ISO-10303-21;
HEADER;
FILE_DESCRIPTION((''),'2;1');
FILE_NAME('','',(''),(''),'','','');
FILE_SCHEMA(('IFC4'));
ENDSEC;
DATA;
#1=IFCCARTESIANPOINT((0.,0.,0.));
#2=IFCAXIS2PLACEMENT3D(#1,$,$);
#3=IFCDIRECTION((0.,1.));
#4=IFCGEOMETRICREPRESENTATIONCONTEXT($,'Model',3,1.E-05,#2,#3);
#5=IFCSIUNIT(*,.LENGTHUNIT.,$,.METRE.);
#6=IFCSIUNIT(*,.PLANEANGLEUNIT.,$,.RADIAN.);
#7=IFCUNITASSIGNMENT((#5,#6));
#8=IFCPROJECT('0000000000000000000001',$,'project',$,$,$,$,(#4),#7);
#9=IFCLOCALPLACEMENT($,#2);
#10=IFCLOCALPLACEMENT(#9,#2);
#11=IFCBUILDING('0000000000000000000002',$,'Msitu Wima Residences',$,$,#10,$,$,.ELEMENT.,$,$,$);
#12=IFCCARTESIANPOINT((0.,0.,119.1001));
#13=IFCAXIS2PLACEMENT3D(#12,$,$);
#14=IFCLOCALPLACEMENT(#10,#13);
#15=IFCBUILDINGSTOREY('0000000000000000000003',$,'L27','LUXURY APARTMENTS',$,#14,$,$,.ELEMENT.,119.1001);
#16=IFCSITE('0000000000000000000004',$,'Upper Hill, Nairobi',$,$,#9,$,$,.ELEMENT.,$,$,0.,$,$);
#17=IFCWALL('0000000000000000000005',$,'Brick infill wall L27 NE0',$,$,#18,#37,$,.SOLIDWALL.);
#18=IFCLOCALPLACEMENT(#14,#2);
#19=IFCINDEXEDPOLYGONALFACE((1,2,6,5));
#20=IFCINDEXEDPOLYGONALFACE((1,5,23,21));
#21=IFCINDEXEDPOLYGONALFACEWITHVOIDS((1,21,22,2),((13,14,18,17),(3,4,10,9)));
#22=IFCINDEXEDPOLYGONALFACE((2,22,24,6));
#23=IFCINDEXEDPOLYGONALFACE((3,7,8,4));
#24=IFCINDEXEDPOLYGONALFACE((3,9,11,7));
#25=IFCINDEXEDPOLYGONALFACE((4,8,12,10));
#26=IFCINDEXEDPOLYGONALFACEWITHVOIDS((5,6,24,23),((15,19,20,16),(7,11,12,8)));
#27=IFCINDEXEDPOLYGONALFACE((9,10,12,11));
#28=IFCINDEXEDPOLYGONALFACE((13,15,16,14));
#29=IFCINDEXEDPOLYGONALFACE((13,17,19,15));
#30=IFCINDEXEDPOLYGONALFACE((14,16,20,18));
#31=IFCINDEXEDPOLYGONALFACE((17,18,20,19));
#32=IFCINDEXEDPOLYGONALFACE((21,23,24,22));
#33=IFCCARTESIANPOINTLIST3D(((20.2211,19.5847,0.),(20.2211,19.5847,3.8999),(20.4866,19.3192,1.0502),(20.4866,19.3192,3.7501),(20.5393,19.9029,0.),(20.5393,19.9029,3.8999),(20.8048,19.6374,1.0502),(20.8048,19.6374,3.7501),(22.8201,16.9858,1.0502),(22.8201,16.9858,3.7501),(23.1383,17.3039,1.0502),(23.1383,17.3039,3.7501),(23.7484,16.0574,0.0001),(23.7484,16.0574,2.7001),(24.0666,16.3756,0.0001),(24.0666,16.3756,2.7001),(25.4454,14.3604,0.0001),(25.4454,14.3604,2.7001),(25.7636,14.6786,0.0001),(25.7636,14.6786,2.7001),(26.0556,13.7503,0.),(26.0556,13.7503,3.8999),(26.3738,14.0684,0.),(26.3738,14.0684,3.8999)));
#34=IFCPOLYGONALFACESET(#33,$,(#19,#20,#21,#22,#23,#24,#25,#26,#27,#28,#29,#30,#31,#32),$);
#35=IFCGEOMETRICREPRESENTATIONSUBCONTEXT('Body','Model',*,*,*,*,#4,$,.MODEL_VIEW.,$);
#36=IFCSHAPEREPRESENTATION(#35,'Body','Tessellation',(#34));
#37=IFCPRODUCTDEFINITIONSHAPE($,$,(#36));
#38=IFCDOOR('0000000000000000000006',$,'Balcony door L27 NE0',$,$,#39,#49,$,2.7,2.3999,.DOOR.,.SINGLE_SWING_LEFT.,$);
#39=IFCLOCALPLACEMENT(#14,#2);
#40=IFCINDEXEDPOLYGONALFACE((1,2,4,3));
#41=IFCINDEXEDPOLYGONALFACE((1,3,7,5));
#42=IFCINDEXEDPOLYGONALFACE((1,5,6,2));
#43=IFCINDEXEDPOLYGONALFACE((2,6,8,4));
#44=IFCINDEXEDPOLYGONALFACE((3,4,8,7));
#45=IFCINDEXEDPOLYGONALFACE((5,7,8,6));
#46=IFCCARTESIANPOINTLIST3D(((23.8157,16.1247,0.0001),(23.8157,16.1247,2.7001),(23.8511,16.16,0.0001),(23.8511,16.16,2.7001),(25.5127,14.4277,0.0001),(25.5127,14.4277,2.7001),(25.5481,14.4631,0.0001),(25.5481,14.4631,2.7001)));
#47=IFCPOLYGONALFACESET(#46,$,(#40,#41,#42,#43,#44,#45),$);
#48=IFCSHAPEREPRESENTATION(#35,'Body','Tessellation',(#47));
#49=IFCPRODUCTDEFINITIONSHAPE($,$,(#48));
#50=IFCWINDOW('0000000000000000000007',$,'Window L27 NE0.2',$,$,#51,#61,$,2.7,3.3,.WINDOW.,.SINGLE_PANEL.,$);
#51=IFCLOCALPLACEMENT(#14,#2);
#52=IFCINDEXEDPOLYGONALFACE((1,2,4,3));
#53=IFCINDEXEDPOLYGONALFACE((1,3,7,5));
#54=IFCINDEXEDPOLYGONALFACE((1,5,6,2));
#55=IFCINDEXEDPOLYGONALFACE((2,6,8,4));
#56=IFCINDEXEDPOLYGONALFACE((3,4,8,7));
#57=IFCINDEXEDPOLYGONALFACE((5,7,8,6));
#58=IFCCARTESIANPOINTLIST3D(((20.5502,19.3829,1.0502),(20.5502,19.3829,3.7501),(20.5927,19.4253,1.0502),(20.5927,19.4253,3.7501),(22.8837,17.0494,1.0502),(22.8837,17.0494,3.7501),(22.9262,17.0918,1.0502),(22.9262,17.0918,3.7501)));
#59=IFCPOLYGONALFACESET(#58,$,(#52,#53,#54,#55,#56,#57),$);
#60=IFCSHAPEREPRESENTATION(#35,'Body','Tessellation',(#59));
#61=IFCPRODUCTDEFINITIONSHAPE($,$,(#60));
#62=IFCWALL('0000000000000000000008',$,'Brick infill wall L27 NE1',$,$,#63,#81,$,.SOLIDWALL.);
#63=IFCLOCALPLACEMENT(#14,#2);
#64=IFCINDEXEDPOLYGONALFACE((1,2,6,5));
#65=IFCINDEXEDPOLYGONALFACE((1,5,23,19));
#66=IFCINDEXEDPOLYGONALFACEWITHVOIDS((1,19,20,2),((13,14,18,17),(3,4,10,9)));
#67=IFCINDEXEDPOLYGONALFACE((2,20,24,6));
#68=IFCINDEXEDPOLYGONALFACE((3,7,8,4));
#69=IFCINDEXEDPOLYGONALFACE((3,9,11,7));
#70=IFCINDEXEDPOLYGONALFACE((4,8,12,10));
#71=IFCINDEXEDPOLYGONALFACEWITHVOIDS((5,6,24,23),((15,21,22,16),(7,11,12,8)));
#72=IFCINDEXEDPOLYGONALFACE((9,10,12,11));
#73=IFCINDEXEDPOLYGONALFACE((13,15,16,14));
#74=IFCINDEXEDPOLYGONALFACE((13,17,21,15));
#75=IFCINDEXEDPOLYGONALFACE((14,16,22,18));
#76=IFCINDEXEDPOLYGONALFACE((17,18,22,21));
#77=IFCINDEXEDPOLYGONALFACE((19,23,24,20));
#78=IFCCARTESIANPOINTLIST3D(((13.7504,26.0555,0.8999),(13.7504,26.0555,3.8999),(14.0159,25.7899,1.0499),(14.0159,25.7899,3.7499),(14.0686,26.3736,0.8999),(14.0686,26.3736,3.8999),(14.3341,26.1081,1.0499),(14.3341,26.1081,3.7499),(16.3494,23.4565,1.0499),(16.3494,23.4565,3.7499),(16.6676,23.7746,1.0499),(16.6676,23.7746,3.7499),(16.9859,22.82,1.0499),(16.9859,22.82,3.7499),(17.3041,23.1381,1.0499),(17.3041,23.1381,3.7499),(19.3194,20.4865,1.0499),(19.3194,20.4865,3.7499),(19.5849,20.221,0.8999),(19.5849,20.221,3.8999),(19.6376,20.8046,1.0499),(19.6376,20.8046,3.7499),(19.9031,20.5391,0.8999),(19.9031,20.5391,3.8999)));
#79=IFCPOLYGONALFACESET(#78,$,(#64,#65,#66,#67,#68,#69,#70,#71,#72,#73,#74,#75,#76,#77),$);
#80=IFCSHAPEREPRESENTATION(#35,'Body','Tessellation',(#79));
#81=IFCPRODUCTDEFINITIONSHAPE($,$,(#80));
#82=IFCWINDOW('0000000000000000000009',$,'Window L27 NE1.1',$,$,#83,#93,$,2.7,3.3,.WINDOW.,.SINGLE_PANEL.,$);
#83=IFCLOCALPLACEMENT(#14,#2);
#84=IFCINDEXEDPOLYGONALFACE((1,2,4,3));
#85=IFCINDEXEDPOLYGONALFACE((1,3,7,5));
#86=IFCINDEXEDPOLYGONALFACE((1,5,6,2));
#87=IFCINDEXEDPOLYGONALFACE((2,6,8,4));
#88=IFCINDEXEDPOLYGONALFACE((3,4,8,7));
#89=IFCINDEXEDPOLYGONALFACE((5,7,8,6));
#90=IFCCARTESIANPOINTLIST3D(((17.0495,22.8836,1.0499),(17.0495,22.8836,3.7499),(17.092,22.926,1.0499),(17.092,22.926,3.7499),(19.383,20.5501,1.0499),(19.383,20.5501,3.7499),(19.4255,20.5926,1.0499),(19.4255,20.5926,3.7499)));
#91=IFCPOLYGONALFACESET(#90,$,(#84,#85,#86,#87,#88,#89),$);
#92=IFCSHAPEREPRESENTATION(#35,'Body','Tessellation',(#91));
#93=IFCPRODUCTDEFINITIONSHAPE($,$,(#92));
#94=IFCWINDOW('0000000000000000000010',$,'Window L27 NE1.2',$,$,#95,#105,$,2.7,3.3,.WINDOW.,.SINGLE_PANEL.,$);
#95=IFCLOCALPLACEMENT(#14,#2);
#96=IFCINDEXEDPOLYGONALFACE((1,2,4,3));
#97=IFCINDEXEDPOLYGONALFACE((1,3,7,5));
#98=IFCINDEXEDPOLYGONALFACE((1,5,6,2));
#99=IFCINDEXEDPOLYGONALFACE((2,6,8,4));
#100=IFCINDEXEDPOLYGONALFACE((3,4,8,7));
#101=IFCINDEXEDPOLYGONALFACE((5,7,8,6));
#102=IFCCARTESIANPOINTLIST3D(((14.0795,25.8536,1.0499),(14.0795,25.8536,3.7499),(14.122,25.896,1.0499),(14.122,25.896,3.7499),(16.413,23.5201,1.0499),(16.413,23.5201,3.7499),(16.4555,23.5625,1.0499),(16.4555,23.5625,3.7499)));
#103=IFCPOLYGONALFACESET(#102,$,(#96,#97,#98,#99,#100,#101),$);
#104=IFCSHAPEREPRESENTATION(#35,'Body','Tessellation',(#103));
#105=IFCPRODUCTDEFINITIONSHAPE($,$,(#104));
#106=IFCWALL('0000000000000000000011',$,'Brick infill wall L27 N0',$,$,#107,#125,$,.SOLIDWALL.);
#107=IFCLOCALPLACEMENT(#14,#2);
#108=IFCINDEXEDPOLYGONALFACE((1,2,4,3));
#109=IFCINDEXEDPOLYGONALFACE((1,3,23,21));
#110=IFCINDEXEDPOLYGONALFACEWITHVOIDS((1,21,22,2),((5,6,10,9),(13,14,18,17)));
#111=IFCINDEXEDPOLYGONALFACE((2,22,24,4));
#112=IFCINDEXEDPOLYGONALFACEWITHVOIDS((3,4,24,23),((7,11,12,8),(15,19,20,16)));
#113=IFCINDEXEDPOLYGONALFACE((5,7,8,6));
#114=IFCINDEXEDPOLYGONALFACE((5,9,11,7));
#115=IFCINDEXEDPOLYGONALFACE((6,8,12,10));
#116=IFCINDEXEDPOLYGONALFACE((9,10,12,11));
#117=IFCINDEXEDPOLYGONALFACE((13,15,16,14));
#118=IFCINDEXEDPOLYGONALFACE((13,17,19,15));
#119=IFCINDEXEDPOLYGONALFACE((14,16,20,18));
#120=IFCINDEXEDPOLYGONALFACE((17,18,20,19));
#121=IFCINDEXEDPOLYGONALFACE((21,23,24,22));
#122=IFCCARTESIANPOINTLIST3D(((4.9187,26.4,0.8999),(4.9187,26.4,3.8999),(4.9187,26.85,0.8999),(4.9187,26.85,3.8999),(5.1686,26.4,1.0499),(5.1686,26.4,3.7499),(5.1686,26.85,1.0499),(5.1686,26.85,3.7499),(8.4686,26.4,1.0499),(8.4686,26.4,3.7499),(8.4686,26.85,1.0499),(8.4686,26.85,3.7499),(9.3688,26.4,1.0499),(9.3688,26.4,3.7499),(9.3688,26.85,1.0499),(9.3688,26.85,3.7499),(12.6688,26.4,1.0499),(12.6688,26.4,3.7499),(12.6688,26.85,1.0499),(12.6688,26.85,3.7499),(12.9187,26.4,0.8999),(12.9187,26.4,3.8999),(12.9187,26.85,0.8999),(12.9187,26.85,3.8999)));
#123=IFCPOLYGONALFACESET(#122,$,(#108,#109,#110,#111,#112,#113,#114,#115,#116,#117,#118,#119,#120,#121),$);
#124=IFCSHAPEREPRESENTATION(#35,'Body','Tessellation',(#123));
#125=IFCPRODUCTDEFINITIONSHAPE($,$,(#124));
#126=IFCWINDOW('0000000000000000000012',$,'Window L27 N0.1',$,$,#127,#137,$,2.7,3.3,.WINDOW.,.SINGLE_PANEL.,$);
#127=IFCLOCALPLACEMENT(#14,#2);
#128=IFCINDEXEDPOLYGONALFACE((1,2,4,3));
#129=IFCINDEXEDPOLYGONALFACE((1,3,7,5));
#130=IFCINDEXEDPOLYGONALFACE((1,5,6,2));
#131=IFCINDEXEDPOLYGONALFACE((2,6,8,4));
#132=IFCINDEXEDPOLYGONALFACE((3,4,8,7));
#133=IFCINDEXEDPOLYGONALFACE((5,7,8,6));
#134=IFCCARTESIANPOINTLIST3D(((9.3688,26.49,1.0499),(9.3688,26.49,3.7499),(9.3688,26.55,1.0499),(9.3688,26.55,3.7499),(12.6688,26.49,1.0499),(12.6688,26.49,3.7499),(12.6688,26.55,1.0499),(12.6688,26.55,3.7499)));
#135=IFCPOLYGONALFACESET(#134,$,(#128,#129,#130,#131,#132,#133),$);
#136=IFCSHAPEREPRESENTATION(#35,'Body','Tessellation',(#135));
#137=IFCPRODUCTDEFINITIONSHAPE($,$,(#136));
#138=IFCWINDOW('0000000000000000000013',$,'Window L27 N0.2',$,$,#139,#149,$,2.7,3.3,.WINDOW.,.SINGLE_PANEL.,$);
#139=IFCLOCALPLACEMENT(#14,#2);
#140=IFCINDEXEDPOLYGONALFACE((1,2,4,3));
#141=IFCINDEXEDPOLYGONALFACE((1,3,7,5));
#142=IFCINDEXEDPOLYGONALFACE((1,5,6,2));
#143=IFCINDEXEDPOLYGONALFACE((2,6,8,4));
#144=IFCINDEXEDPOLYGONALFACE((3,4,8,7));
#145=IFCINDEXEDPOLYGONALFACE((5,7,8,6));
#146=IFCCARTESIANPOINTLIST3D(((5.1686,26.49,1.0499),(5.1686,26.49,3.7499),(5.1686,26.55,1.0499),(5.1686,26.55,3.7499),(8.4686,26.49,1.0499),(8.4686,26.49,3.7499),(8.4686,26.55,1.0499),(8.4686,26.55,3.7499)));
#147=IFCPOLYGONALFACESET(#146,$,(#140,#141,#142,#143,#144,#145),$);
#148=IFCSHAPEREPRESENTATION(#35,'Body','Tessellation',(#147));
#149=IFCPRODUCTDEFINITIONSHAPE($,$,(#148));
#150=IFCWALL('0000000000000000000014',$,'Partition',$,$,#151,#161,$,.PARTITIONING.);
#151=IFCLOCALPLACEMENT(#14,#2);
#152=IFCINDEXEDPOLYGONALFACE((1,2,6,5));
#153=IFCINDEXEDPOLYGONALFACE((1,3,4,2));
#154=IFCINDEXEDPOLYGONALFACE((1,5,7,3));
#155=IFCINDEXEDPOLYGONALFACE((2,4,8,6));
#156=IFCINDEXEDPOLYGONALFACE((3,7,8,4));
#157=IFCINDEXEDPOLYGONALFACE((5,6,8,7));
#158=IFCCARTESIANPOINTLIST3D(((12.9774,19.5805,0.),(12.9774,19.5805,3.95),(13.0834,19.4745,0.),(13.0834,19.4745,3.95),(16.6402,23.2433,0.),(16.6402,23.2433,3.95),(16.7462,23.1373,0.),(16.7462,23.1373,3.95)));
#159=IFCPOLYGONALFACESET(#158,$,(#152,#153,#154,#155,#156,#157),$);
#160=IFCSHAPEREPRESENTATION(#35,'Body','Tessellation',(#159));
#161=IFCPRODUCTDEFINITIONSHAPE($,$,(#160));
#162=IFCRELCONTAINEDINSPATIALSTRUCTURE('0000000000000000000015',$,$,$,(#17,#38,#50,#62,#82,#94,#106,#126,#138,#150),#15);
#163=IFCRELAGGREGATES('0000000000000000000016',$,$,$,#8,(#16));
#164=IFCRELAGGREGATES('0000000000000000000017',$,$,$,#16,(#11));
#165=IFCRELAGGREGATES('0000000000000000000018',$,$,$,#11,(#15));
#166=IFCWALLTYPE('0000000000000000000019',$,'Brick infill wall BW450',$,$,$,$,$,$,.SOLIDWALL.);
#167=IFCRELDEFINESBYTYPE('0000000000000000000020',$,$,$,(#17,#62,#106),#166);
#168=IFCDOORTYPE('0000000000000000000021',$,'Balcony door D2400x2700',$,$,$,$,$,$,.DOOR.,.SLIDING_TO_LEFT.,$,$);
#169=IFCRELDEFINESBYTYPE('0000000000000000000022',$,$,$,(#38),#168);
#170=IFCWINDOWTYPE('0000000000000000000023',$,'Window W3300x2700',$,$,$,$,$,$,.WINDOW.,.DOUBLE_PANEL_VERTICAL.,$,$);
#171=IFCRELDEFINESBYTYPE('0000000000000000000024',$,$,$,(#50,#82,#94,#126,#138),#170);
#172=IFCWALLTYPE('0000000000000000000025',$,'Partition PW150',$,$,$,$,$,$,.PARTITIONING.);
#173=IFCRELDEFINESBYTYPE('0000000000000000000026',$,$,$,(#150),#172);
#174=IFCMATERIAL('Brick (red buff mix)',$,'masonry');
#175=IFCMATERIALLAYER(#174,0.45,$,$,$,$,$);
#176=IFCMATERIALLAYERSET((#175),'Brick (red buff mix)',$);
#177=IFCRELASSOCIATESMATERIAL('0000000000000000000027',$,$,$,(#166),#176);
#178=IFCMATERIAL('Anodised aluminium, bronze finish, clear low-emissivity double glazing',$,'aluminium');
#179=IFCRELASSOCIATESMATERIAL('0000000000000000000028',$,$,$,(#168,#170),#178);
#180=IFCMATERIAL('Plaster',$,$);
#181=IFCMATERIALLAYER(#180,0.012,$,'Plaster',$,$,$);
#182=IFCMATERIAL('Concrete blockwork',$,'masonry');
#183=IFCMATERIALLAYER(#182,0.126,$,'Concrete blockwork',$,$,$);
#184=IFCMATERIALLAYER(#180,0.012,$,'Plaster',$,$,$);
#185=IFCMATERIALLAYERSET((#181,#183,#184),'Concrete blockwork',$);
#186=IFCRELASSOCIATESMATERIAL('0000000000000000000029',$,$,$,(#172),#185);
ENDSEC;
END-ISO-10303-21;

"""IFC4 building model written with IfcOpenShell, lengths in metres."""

from ifc_helpers import new_model, si_unit, direction, frame, frame_2d, origin, place, context, subcontext, project, spatial, rectangle, extrude, material, layer, layer_set, type_object, element, fill, save


model = new_model("IFC4")

# Units and contexts
model_context = context("Model", 3, precision=1e-05, world=origin(), true_north=direction((0.0, 1.0)))
body_context = subcontext(model_context, "Body", "Model", "MODEL_VIEW")
ifc_project = project(units=[si_unit("LENGTHUNIT", "METRE"), si_unit("PLANEANGLEUNIT", "RADIAN")], contexts=[model_context])

# Site, building, storey
site_placement = place(None, origin())
site = spatial("IfcSite", under=ifc_project, at=site_placement, Name="Upper Hill, Nairobi", CompositionType="ELEMENT", RefElevation=0.0)
building_placement = place(site_placement, origin())
building = spatial("IfcBuilding", under=site, at=building_placement, Name="Msitu Wima Residences", CompositionType="ELEMENT")
storey_placement = place(building_placement, frame((0.0, 0.0, 119.1001)))
storey = spatial("IfcBuildingStorey", under=building, at=storey_placement, Name="L27", Description="LUXURY APARTMENTS", CompositionType="ELEMENT", Elevation=119.1001)

# Wall, openings, door, window
ifc_material_1 = material(Name="Brick (red buff mix)", Category="masonry")
ifc_layer_1 = layer(ifc_material_1, 0.45)
ifc_layer_set_1 = layer_set([ifc_layer_1], Name="Brick (red buff mix)")
wall_type_1 = type_object("IfcWallType", Name="Brick infill wall BW450", PredefinedType="SOLIDWALL", material=ifc_layer_set_1)
wall_1_placement = place(storey_placement, frame((26.2146, 13.9094, 0.0), z_axis=(0.0, 0.0, 1.0), x_axis=(-0.707107, 0.707107, 0.0)))
wall_1 = element("IfcWall", 1, at=wall_1_placement, inside=storey, type_object=wall_type_1, Name="Brick infill wall L27 NE0", PredefinedType="SOLIDWALL", context=body_context, shape_type="SweptSolid", body=[
    extrude(rectangle(XDim=8.2512, YDim=0.45, at=frame_2d((4.1255, 0.0))), origin(), (0.0, 0.0, 1.0), 3.8999),
])
opening_1_placement = place(wall_1_placement, frame((0.8628, 0.0, 0.0)))
opening_1 = element("IfcOpeningElement", 2, at=opening_1_placement, cuts=wall_1, PredefinedType="OPENING", context=body_context, shape_type="SweptSolid", body=[
    extrude(rectangle(XDim=2.3999, YDim=2.7, at=frame_2d((1.2, 1.3501))), frame((0.0, 0.2349, 0.0), z_axis=(0.0, -1.0, 0.0), x_axis=(1.0, 0.0, 0.0)), (0.0, 0.0, 1.0), 0.47),
])
opening_2_placement = place(wall_1_placement, frame((4.5757, 0.0, 1.05)))
opening_2 = element("IfcOpeningElement", 3, at=opening_2_placement, cuts=wall_1, PredefinedType="OPENING", context=body_context, shape_type="SweptSolid", body=[
    extrude(rectangle(XDim=3.3, YDim=2.7, at=frame_2d((1.6499, 1.3501))), frame((0.0, 0.2349, 0.0), z_axis=(0.0, -1.0, 0.0), x_axis=(1.0, 0.0, 0.0)), (0.0, 0.0, 1.0), 0.47),
])
ifc_material_2 = material(Name="Anodised aluminium, bronze finish, clear low-emissivity double glazing", Category="aluminium")
door_type_1 = type_object("IfcDoorType", Name="Balcony door D2400x2700", OperationType="SLIDING_TO_LEFT", PredefinedType="DOOR", material=ifc_material_2)
door_1_placement = place(opening_1_placement, origin())
door_1 = element("IfcDoor", 4, at=door_1_placement, inside=storey, type_object=door_type_1, Name="Balcony door L27 NE0", OperationType="SINGLE_SWING_LEFT", OverallHeight=2.7, OverallWidth=2.3999, PredefinedType="DOOR", context=body_context, shape_type="SweptSolid", body=[
    extrude(rectangle(XDim=2.3999, YDim=2.7, at=frame_2d((1.2, 1.3501))), frame((0.0, 0.1299, 0.0), z_axis=(0.0, -1.0, 0.0), x_axis=(1.0, 0.0, 0.0)), (0.0, 0.0, 1.0), 0.05),
])
fill(opening_1, door_1)
window_type = type_object("IfcWindowType", Name="Window W3300x2700", PartitioningType="DOUBLE_PANEL_VERTICAL", PredefinedType="WINDOW", material=ifc_material_2)
window_1_placement = place(opening_2_placement, origin())
window_1 = element("IfcWindow", 5, at=window_1_placement, inside=storey, type_object=window_type, Name="Window L27 NE0.2", OverallHeight=2.7, OverallWidth=3.3, PartitioningType="SINGLE_PANEL", PredefinedType="WINDOW", context=body_context, shape_type="SweptSolid", body=[
    extrude(rectangle(XDim=3.3, YDim=2.7, at=frame_2d((1.6499, 1.3501))), frame((0.0, 0.135, 0.0), z_axis=(0.0, -1.0, 0.0), x_axis=(1.0, 0.0, 0.0)), (0.0, 0.0, 1.0), 0.0601),
])
fill(opening_2, window_1)

# Walls, openings, windows
wall_2_placement = place(storey_placement, frame((19.7439, 20.3801, 0.8999), z_axis=(0.0, 0.0, 1.0), x_axis=(-0.707107, 0.707107, 0.0)))
wall_2 = element("IfcWall", 6, at=wall_2_placement, inside=storey, type_object=wall_type_1, Name="Brick infill wall L27 NE1", PredefinedType="SOLIDWALL", context=body_context, shape_type="SweptSolid", body=[
    extrude(rectangle(XDim=8.2512, YDim=0.45, at=frame_2d((4.1255, 0.0))), origin(), (0.0, 0.0, 1.0), 3.0),
])
opening_3_placement = place(wall_2_placement, frame((0.3755, 0.0, 0.1499)))
opening_3 = element("IfcOpeningElement", 7, at=opening_3_placement, cuts=wall_2, PredefinedType="OPENING", context=body_context, shape_type="SweptSolid", body=[
    extrude(rectangle(XDim=3.3, YDim=2.7, at=frame_2d((1.6499, 1.3501))), frame((0.0, 0.2349, 0.0), z_axis=(0.0, -1.0, 0.0), x_axis=(1.0, 0.0, 0.0)), (0.0, 0.0, 1.0), 0.47),
])
opening_4_placement = place(wall_2_placement, frame((4.5757, 0.0, 0.1499)))
opening_4 = element("IfcOpeningElement", 8, at=opening_4_placement, cuts=wall_2, PredefinedType="OPENING", context=body_context, shape_type="SweptSolid", body=[
    extrude(rectangle(XDim=3.3, YDim=2.7, at=frame_2d((1.6499, 1.3501))), frame((0.0, 0.2349, 0.0), z_axis=(0.0, -1.0, 0.0), x_axis=(1.0, 0.0, 0.0)), (0.0, 0.0, 1.0), 0.47),
])
window_2_placement = place(opening_3_placement, origin())
window_2 = element("IfcWindow", 9, at=window_2_placement, inside=storey, type_object=window_type, Name="Window L27 NE1.1", OverallHeight=2.7, OverallWidth=3.3, PartitioningType="SINGLE_PANEL", PredefinedType="WINDOW", context=body_context, shape_type="SweptSolid", body=[
    extrude(rectangle(XDim=3.3, YDim=2.7, at=frame_2d((1.6499, 1.3501))), frame((0.0, 0.135, 0.0), z_axis=(0.0, -1.0, 0.0), x_axis=(1.0, 0.0, 0.0)), (0.0, 0.0, 1.0), 0.0601),
])
fill(opening_3, window_2)
window_3_placement = place(opening_4_placement, origin())
window_3 = element("IfcWindow", 10, at=window_3_placement, inside=storey, type_object=window_type, Name="Window L27 NE1.2", OverallHeight=2.7, OverallWidth=3.3, PartitioningType="SINGLE_PANEL", PredefinedType="WINDOW", context=body_context, shape_type="SweptSolid", body=[
    extrude(rectangle(XDim=3.3, YDim=2.7, at=frame_2d((1.6499, 1.3501))), frame((0.0, 0.135, 0.0), z_axis=(0.0, -1.0, 0.0), x_axis=(1.0, 0.0, 0.0)), (0.0, 0.0, 1.0), 0.0601),
])
fill(opening_4, window_3)
wall_3_placement = place(storey_placement, frame((12.9187, 26.625, 0.8999), z_axis=(0.0, 0.0, 1.0), x_axis=(-1.0, 0.0, 0.0)))
wall_3 = element("IfcWall", 11, at=wall_3_placement, inside=storey, type_object=wall_type_1, Name="Brick infill wall L27 N0", PredefinedType="SOLIDWALL", context=body_context, shape_type="SweptSolid", body=[
    extrude(rectangle(XDim=8.0, YDim=0.45, at=frame_2d((4.0, 0.0))), origin(), (0.0, 0.0, 1.0), 3.0),
])
opening_5_placement = place(wall_3_placement, frame((0.25, 0.0, 0.1499)))
opening_5 = element("IfcOpeningElement", 12, at=opening_5_placement, cuts=wall_3, PredefinedType="OPENING", context=body_context, shape_type="SweptSolid", body=[
    extrude(rectangle(XDim=3.3, YDim=2.7, at=frame_2d((1.6499, 1.3501))), frame((0.0, 0.2349, 0.0), z_axis=(0.0, -1.0, 0.0), x_axis=(1.0, 0.0, 0.0)), (0.0, 0.0, 1.0), 0.47),
])
opening_6_placement = place(wall_3_placement, frame((4.4502, 0.0, 0.1499)))
opening_6 = element("IfcOpeningElement", 13, at=opening_6_placement, cuts=wall_3, PredefinedType="OPENING", context=body_context, shape_type="SweptSolid", body=[
    extrude(rectangle(XDim=3.3, YDim=2.7, at=frame_2d((1.6499, 1.3501))), frame((0.0, 0.2349, 0.0), z_axis=(0.0, -1.0, 0.0), x_axis=(1.0, 0.0, 0.0)), (0.0, 0.0, 1.0), 0.47),
])
window_4_placement = place(opening_5_placement, origin())
window_4 = element("IfcWindow", 14, at=window_4_placement, inside=storey, type_object=window_type, Name="Window L27 N0.1", OverallHeight=2.7, OverallWidth=3.3, PartitioningType="SINGLE_PANEL", PredefinedType="WINDOW", context=body_context, shape_type="SweptSolid", body=[
    extrude(rectangle(XDim=3.3, YDim=2.7, at=frame_2d((1.6499, 1.3501))), frame((0.0, 0.135, 0.0), z_axis=(0.0, -1.0, 0.0), x_axis=(1.0, 0.0, 0.0)), (0.0, 0.0, 1.0), 0.0601),
])
fill(opening_5, window_4)
window_5_placement = place(opening_6_placement, origin())
window_5 = element("IfcWindow", 15, at=window_5_placement, inside=storey, type_object=window_type, Name="Window L27 N0.2", OverallHeight=2.7, OverallWidth=3.3, PartitioningType="SINGLE_PANEL", PredefinedType="WINDOW", context=body_context, shape_type="SweptSolid", body=[
    extrude(rectangle(XDim=3.3, YDim=2.7, at=frame_2d((1.6499, 1.3501))), frame((0.0, 0.135, 0.0), z_axis=(0.0, -1.0, 0.0), x_axis=(1.0, 0.0, 0.0)), (0.0, 0.0, 1.0), 0.0601),
])
fill(opening_6, window_5)

# Wall
ifc_material_3 = material(Name="Plaster")
ifc_layer_2 = layer(ifc_material_3, 0.012, Name="Plaster")
ifc_material_4 = material(Name="Concrete blockwork", Category="masonry")
ifc_layer_3 = layer(ifc_material_4, 0.126, Name="Concrete blockwork")
ifc_layer_4 = layer(ifc_material_3, 0.012, Name="Plaster")
ifc_layer_set_2 = layer_set([ifc_layer_2, ifc_layer_3, ifc_layer_4], Name="Concrete blockwork")
wall_type_2 = type_object("IfcWallType", Name="Partition PW150", PredefinedType="PARTITIONING", material=ifc_layer_set_2)
wall_4_placement = place(storey_placement, frame((13.0305, 19.5276, 0.0), z_axis=(0.0, 0.0, 1.0), x_axis=(0.707107, 0.707107, 0.0)))
element("IfcWall", 16, at=wall_4_placement, inside=storey, type_object=wall_type_2, Name="Partition", PredefinedType="PARTITIONING", context=body_context, shape_type="SweptSolid", body=[
    extrude(rectangle(XDim=5.1799, YDim=0.1499, at=frame_2d((2.5898, 0.0))), origin(), (0.0, 0.0, 1.0), 3.95),
])

save(model, "model.ifc")
